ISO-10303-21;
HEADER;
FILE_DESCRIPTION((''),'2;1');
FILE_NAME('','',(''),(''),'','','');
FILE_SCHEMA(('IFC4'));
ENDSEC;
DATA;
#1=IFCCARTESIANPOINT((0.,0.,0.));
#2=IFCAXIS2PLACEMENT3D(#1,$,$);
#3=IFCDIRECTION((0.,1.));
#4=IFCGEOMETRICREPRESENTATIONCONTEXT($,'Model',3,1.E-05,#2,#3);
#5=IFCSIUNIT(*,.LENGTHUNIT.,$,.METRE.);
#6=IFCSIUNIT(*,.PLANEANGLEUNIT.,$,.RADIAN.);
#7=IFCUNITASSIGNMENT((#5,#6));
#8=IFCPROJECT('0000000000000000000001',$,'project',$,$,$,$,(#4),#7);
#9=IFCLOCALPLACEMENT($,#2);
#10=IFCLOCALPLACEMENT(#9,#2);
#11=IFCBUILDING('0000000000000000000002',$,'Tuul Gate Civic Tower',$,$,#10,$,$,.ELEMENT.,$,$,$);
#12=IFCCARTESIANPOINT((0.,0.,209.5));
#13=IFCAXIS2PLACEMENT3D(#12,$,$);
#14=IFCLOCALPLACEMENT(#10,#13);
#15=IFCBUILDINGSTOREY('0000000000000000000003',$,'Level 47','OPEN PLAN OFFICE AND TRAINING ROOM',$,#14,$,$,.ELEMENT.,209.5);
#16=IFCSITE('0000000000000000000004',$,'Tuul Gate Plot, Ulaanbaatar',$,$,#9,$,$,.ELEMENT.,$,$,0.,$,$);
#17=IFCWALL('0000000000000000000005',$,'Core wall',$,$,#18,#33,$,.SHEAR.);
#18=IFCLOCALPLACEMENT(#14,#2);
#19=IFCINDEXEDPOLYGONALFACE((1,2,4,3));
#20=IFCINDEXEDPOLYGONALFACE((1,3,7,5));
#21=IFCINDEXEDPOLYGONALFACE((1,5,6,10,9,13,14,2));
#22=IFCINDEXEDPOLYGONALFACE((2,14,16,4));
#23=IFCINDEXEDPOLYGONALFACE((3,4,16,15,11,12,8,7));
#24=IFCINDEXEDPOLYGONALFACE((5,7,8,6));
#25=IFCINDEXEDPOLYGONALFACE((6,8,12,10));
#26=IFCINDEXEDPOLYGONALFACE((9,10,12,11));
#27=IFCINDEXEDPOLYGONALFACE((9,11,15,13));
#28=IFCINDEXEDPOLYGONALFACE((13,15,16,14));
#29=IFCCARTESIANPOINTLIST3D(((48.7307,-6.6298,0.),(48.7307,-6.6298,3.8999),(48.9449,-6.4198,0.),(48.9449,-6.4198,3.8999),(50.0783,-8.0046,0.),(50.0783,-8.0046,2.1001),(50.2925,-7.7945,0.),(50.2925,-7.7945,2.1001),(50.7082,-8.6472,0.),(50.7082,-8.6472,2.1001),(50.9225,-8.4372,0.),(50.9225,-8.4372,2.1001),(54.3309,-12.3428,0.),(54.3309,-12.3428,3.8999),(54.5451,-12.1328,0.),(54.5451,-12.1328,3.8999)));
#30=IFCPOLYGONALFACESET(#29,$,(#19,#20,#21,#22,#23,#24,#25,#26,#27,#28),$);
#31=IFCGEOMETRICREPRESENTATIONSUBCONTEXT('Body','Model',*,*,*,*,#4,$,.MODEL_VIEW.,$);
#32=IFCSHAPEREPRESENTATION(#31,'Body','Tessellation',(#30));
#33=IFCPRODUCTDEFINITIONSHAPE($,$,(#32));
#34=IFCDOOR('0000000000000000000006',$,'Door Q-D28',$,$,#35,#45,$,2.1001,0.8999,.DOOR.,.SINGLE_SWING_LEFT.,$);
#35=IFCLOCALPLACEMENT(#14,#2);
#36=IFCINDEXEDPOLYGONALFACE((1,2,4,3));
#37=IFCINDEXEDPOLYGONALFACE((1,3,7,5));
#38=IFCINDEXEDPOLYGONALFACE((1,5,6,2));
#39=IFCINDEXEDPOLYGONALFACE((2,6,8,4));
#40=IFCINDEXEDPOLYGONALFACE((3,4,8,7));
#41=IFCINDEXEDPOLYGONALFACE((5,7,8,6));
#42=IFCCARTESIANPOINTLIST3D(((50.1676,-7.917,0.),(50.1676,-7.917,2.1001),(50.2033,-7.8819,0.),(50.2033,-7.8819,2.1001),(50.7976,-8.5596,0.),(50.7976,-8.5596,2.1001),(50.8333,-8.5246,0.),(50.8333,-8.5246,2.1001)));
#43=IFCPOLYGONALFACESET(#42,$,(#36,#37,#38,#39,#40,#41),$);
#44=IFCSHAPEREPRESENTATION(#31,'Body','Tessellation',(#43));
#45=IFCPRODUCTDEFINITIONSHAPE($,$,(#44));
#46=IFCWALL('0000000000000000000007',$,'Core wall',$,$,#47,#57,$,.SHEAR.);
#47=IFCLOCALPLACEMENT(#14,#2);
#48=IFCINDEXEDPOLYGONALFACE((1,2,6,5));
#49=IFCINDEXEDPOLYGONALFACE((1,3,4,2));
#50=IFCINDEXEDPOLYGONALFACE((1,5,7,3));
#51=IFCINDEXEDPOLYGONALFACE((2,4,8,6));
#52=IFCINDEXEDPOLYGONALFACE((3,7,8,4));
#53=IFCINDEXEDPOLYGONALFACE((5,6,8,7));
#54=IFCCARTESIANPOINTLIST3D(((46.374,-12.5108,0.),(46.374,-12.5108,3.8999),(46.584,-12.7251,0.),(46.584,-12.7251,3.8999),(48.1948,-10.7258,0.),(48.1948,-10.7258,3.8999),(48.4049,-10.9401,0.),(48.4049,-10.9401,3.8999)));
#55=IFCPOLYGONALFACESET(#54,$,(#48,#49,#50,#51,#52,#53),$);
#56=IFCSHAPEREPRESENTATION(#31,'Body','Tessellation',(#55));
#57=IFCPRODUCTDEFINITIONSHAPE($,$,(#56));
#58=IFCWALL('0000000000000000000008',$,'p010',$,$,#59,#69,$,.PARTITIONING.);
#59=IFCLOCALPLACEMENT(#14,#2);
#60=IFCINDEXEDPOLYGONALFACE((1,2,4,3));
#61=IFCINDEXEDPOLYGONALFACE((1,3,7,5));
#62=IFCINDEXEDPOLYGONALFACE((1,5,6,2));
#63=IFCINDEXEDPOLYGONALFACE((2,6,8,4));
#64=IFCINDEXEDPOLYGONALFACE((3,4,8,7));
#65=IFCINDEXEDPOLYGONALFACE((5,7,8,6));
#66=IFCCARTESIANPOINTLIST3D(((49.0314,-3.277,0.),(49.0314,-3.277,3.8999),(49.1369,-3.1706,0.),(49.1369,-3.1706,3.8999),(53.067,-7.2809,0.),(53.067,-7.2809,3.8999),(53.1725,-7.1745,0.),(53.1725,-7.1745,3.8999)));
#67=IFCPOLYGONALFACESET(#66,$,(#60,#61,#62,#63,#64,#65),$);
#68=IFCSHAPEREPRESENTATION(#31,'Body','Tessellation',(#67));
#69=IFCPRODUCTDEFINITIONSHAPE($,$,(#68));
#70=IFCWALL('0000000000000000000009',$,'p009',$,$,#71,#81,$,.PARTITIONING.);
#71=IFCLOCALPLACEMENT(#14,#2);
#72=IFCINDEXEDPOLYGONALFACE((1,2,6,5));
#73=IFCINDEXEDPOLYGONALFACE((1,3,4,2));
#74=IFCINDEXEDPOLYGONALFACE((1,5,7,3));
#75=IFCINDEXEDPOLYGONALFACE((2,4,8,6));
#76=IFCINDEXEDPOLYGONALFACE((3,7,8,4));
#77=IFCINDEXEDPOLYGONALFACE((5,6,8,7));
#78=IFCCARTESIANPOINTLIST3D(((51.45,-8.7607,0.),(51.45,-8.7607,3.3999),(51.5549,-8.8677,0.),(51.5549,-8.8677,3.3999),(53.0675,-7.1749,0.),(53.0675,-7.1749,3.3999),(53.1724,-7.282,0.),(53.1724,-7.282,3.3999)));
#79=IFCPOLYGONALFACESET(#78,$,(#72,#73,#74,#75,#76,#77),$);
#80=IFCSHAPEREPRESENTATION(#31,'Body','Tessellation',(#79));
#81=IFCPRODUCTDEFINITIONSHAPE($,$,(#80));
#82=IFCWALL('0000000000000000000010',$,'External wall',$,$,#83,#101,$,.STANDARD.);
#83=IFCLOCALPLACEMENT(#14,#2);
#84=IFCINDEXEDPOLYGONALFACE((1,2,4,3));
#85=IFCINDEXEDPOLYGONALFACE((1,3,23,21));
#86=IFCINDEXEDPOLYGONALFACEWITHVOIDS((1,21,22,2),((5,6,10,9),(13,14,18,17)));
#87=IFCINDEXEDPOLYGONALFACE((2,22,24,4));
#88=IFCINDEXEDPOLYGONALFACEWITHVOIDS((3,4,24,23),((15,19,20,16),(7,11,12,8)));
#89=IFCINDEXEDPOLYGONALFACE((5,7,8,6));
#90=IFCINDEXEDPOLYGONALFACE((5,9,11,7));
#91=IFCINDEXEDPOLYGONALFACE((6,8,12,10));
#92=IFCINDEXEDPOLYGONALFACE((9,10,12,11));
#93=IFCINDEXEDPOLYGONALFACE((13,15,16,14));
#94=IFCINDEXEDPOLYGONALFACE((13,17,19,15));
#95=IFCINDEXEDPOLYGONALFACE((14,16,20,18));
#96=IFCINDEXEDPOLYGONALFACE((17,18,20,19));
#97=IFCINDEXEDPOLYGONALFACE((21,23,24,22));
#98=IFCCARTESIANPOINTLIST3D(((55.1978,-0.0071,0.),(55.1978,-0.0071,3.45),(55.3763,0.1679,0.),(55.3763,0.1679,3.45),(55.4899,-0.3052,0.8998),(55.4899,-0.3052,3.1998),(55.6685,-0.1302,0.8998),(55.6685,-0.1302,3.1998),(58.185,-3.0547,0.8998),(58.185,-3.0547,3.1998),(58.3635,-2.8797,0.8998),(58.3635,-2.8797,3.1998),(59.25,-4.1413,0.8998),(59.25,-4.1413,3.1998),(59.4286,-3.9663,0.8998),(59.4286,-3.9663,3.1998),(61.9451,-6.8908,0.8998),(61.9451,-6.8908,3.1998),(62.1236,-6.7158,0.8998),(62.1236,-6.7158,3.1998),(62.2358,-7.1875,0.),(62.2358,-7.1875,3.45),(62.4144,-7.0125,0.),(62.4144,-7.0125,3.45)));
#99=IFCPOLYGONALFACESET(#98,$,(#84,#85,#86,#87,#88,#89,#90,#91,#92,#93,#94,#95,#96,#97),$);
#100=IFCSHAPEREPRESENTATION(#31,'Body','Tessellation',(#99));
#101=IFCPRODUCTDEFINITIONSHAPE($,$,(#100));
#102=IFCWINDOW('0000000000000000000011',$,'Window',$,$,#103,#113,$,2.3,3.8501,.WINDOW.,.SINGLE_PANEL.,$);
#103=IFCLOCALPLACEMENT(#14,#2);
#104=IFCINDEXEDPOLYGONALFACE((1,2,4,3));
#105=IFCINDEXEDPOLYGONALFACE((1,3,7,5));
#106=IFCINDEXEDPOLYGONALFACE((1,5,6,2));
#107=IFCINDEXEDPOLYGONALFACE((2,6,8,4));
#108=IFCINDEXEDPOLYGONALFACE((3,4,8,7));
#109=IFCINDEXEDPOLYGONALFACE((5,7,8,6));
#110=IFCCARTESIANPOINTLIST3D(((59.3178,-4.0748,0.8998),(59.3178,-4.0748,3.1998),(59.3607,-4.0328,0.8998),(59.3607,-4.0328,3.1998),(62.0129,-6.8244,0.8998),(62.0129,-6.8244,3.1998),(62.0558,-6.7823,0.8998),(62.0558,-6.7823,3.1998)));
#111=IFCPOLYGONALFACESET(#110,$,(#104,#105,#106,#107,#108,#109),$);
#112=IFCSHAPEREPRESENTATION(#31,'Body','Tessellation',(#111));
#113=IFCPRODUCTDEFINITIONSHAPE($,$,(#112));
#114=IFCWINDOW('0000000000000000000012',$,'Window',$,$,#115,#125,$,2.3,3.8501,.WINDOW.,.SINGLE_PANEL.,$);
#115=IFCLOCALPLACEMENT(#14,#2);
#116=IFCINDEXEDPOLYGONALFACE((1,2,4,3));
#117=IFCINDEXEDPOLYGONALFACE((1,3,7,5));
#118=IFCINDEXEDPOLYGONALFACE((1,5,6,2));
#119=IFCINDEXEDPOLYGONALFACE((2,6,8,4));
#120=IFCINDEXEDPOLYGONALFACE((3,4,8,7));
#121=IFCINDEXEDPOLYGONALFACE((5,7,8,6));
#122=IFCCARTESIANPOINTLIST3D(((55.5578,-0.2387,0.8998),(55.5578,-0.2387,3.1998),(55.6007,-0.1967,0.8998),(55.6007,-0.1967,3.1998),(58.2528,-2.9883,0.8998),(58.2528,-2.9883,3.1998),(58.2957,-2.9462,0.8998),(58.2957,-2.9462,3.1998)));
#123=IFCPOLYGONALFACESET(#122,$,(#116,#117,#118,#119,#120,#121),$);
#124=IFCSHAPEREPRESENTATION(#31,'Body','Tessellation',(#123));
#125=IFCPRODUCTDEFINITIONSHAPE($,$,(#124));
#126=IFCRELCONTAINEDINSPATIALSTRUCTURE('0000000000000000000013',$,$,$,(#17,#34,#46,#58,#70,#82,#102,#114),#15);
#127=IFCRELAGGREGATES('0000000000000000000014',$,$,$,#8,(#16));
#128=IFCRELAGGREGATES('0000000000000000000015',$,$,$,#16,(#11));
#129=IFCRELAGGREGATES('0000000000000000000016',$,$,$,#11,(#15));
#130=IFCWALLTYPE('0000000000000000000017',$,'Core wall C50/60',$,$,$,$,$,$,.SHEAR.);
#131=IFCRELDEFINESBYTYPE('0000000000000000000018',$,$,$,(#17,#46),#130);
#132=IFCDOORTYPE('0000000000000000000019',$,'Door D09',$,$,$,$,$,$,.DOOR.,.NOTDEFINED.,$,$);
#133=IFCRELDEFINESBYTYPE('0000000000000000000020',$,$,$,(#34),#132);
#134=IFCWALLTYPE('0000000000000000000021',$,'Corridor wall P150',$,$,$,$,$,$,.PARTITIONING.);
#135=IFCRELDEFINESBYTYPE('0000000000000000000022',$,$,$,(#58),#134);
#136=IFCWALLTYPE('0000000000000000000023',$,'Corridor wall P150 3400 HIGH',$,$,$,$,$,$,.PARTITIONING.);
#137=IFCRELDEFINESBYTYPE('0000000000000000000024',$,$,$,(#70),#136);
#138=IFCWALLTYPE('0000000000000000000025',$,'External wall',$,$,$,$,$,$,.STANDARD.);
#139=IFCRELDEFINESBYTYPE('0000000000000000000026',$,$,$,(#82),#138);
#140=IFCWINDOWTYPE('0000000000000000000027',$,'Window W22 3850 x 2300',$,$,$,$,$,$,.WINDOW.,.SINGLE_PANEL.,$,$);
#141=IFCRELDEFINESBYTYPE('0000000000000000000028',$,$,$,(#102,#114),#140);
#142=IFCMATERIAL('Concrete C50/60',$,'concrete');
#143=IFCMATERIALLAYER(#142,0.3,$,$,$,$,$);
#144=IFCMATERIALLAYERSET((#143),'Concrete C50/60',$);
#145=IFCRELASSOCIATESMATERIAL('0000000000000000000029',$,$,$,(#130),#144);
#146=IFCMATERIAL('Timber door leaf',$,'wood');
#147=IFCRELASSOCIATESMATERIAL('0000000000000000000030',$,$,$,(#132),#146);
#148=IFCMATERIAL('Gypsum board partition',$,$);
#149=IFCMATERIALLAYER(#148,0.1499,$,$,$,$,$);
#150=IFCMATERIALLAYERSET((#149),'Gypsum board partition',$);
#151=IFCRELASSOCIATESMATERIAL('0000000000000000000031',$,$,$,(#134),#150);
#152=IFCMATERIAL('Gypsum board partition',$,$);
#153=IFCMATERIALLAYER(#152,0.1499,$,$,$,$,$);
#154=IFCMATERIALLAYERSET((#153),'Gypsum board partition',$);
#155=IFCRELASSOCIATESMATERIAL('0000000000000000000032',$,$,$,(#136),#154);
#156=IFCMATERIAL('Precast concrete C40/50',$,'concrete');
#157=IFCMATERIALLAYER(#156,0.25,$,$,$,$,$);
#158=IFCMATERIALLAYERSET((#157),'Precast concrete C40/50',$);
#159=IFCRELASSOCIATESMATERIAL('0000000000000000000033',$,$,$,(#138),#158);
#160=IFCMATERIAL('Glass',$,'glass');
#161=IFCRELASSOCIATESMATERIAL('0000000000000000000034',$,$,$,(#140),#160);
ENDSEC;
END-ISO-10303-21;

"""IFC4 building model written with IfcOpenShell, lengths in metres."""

from ifc_helpers import new_model, si_unit, direction, frame, frame_2d, origin, place, context, subcontext, project, spatial, rectangle, extrude, material, layer, layer_set, type_object, element, fill, save


model = new_model("IFC4")

# Units and contexts
model_context = context("Model", 3, precision=1e-05, world=origin(), true_north=direction((0.0, 1.0)))
body_context = subcontext(model_context, "Body", "Model", "MODEL_VIEW")
ifc_project = project(units=[si_unit("LENGTHUNIT", "METRE"), si_unit("PLANEANGLEUNIT", "RADIAN")], contexts=[model_context])

# Site, building, storey
site_placement = place(None, origin())
site = spatial("IfcSite", under=ifc_project, at=site_placement, Name="Tuul Gate Plot, Ulaanbaatar", CompositionType="ELEMENT", RefElevation=0.0)
building_placement = place(site_placement, origin())
building = spatial("IfcBuilding", under=site, at=building_placement, Name="Tuul Gate Civic Tower", CompositionType="ELEMENT")
storey_placement = place(building_placement, frame((0.0, 0.0, 209.5)))
storey = spatial("IfcBuildingStorey", under=building, at=storey_placement, Name="Level 47", Description="OPEN PLAN OFFICE AND TRAINING ROOM", CompositionType="ELEMENT", Elevation=209.5)

# Shared definitions
ifc_material_1 = material(Name="Concrete C50/60", Category="concrete")
ifc_layer_1 = layer(ifc_material_1, 0.3)
ifc_layer_set_1 = layer_set([ifc_layer_1], Name="Concrete C50/60")
wall_type_1 = type_object("IfcWallType", Name="Core wall C50/60", PredefinedType="SHEAR", material=ifc_layer_set_1)

# Wall, opening, door
wall_1_placement = place(storey_placement, frame((54.438, -12.2378, 0.0), z_axis=(0.0, 0.0, 1.0), x_axis=(-0.700022, 0.714121, 0.0)))
wall_1 = element("IfcWall", 1, at=wall_1_placement, inside=storey, type_object=wall_type_1, Name="Core wall", PredefinedType="SHEAR", context=body_context, shape_type="SweptSolid", body=[
    extrude(rectangle(XDim=8.0, YDim=0.3, at=frame_2d((4.0, 0.0))), origin(), (0.0, 0.0, 1.0), 3.8999),
])
opening_1_placement = place(wall_1_placement, frame((5.175, 0.0, 0.0)))
opening_1 = element("IfcOpeningElement", 2, at=opening_1_placement, cuts=wall_1, PredefinedType="OPENING", context=body_context, shape_type="SweptSolid", body=[
    extrude(rectangle(XDim=0.8999, YDim=2.1001, at=frame_2d((0.45, 1.05))), frame((0.0, 0.1602, 0.0), z_axis=(0.0, -1.0, 0.0), x_axis=(1.0, 0.0, 0.0)), (0.0, 0.0, 1.0), 0.3201),
])
ifc_material_2 = material(Name="Timber door leaf", Category="wood")
door_type = type_object("IfcDoorType", Name="Door D09", OperationType="NOTDEFINED", PredefinedType="DOOR", material=ifc_material_2)
door_placement = place(opening_1_placement, origin())
door = element("IfcDoor", 3, at=door_placement, inside=storey, type_object=door_type, Name="Door Q-D28", OperationType="SINGLE_SWING_LEFT", OverallHeight=2.1001, OverallWidth=0.8999, PredefinedType="DOOR", context=body_context, shape_type="SweptSolid", body=[
    extrude(rectangle(XDim=0.8999, YDim=2.1001, at=frame_2d((0.45, 1.05))), frame((0.0, 0.0249, 0.0), z_axis=(0.0, -1.0, 0.0), x_axis=(1.0, 0.0, 0.0)), (0.0, 0.0, 1.0), 0.05),
])
fill(opening_1, door)

# Walls
wall_2_placement = place(storey_placement, frame((46.479, -12.6179, 0.0), z_axis=(0.0, 0.0, 1.0), x_axis=(0.714109, 0.700034, 0.0)))
element("IfcWall", 4, at=wall_2_placement, inside=storey, type_object=wall_type_1, Name="Core wall", PredefinedType="SHEAR", context=body_context, shape_type="SweptSolid", body=[
    extrude(rectangle(XDim=2.5498, YDim=0.3, at=frame_2d((1.2749, 0.0))), origin(), (0.0, 0.0, 1.0), 3.8999),
])
ifc_material_3 = material(Name="Gypsum board partition")
ifc_layer_2 = layer(ifc_material_3, 0.1499)
ifc_layer_set_2 = layer_set([ifc_layer_2], Name="Gypsum board partition")
wall_type_2 = type_object("IfcWallType", Name="Corridor wall P150", PredefinedType="PARTITIONING", material=ifc_layer_set_2)
wall_3_placement = place(storey_placement, frame((49.0842, -3.2239, 0.0), z_axis=(0.0, 0.0, 1.0), x_axis=(0.709893, -0.70431, 0.0)))
element("IfcWall", 5, at=wall_3_placement, inside=storey, type_object=wall_type_2, Name="p010", PredefinedType="PARTITIONING", context=body_context, shape_type="SweptSolid", body=[
    extrude(rectangle(XDim=5.6848, YDim=0.1499, at=frame_2d((2.8423, 0.0))), origin(), (0.0, 0.0, 1.0), 3.8999),
])
ifc_material_4 = material(Name="Gypsum board partition")
ifc_layer_3 = layer(ifc_material_4, 0.1499)
ifc_layer_set_3 = layer_set([ifc_layer_3], Name="Gypsum board partition")
wall_type_3 = type_object("IfcWallType", Name="Corridor wall P150 3400 HIGH", PredefinedType="PARTITIONING", material=ifc_layer_set_3)
wall_4_placement = place(storey_placement, frame((51.5024, -8.8142, 0.0), z_axis=(0.0, 0.0, 1.0), x_axis=(0.714078, 0.700066, 0.0)))
element("IfcWall", 6, at=wall_4_placement, inside=storey, type_object=wall_type_3, Name="p009", PredefinedType="PARTITIONING", context=body_context, shape_type="SweptSolid", body=[
    extrude(rectangle(XDim=2.2651, YDim=0.1499, at=frame_2d((1.1326, 0.0))), origin(), (0.0, 0.0, 1.0), 3.3999),
])

# Wall, openings, windows
ifc_material_5 = material(Name="Precast concrete C40/50", Category="concrete")
ifc_layer_4 = layer(ifc_material_5, 0.25)
ifc_layer_set_4 = layer_set([ifc_layer_4], Name="Precast concrete C40/50")
wall_type_4 = type_object("IfcWallType", Name="External wall", PredefinedType="STANDARD", material=ifc_layer_set_4)
wall_5_placement = place(storey_placement, frame((62.3252, -7.1001, 0.0), z_axis=(0.0, 0.0, 1.0), x_axis=(-0.699993, 0.714149, 0.0)))
wall_5 = element("IfcWall", 7, at=wall_5_placement, inside=storey, type_object=wall_type_4, Name="External wall", PredefinedType="STANDARD", context=body_context, shape_type="SweptSolid", body=[
    extrude(rectangle(XDim=10.0544, YDim=0.25, at=frame_2d((5.0273, 0.0))), origin(), (0.0, 0.0, 1.0), 3.45),
])
opening_2_placement = place(wall_5_placement, frame((0.4155, 0.0, 0.8999)))
opening_2 = element("IfcOpeningElement", 8, at=opening_2_placement, cuts=wall_5, PredefinedType="OPENING", context=body_context, shape_type="SweptSolid", body=[
    extrude(rectangle(XDim=3.8501, YDim=2.3, at=frame_2d((1.925, 1.1499))), frame((0.0, 0.135, 0.0), z_axis=(0.0, -1.0, 0.0), x_axis=(1.0, 0.0, 0.0)), (0.0, 0.0, 1.0), 0.27),
])
opening_3_placement = place(wall_5_placement, frame((5.7871, 0.0, 0.8999)))
opening_3 = element("IfcOpeningElement", 9, at=opening_3_placement, cuts=wall_5, PredefinedType="OPENING", context=body_context, shape_type="SweptSolid", body=[
    extrude(rectangle(XDim=3.8501, YDim=2.3, at=frame_2d((1.925, 1.1499))), frame((0.0, 0.135, 0.0), z_axis=(0.0, -1.0, 0.0), x_axis=(1.0, 0.0, 0.0)), (0.0, 0.0, 1.0), 0.27),
])
ifc_material_6 = material(Name="Glass", Category="glass")
window_type = type_object("IfcWindowType", Name="Window W22 3850 x 2300", PartitioningType="SINGLE_PANEL", PredefinedType="WINDOW", material=ifc_material_6)
window_1_placement = place(opening_2_placement, origin())
window_1 = element("IfcWindow", 10, at=window_1_placement, inside=storey, type_object=window_type, Name="Window", OverallHeight=2.3, OverallWidth=3.8501, PartitioningType="SINGLE_PANEL", PredefinedType="WINDOW", context=body_context, shape_type="SweptSolid", body=[
    extrude(rectangle(XDim=3.8501, YDim=2.3, at=frame_2d((1.925, 1.1499))), frame((0.0, 0.03, 0.0), z_axis=(0.0, -1.0, 0.0), x_axis=(1.0, 0.0, 0.0)), (0.0, 0.0, 1.0), 0.0601),
])
fill(opening_2, window_1)
window_2_placement = place(opening_3_placement, origin())
window_2 = element("IfcWindow", 11, at=window_2_placement, inside=storey, type_object=window_type, Name="Window", OverallHeight=2.3, OverallWidth=3.8501, PartitioningType="SINGLE_PANEL", PredefinedType="WINDOW", context=body_context, shape_type="SweptSolid", body=[
    extrude(rectangle(XDim=3.8501, YDim=2.3, at=frame_2d((1.925, 1.1499))), frame((0.0, 0.03, 0.0), z_axis=(0.0, -1.0, 0.0), x_axis=(1.0, 0.0, 0.0)), (0.0, 0.0, 1.0), 0.0601),
])
fill(opening_3, window_2)

save(model, "model.ifc")
